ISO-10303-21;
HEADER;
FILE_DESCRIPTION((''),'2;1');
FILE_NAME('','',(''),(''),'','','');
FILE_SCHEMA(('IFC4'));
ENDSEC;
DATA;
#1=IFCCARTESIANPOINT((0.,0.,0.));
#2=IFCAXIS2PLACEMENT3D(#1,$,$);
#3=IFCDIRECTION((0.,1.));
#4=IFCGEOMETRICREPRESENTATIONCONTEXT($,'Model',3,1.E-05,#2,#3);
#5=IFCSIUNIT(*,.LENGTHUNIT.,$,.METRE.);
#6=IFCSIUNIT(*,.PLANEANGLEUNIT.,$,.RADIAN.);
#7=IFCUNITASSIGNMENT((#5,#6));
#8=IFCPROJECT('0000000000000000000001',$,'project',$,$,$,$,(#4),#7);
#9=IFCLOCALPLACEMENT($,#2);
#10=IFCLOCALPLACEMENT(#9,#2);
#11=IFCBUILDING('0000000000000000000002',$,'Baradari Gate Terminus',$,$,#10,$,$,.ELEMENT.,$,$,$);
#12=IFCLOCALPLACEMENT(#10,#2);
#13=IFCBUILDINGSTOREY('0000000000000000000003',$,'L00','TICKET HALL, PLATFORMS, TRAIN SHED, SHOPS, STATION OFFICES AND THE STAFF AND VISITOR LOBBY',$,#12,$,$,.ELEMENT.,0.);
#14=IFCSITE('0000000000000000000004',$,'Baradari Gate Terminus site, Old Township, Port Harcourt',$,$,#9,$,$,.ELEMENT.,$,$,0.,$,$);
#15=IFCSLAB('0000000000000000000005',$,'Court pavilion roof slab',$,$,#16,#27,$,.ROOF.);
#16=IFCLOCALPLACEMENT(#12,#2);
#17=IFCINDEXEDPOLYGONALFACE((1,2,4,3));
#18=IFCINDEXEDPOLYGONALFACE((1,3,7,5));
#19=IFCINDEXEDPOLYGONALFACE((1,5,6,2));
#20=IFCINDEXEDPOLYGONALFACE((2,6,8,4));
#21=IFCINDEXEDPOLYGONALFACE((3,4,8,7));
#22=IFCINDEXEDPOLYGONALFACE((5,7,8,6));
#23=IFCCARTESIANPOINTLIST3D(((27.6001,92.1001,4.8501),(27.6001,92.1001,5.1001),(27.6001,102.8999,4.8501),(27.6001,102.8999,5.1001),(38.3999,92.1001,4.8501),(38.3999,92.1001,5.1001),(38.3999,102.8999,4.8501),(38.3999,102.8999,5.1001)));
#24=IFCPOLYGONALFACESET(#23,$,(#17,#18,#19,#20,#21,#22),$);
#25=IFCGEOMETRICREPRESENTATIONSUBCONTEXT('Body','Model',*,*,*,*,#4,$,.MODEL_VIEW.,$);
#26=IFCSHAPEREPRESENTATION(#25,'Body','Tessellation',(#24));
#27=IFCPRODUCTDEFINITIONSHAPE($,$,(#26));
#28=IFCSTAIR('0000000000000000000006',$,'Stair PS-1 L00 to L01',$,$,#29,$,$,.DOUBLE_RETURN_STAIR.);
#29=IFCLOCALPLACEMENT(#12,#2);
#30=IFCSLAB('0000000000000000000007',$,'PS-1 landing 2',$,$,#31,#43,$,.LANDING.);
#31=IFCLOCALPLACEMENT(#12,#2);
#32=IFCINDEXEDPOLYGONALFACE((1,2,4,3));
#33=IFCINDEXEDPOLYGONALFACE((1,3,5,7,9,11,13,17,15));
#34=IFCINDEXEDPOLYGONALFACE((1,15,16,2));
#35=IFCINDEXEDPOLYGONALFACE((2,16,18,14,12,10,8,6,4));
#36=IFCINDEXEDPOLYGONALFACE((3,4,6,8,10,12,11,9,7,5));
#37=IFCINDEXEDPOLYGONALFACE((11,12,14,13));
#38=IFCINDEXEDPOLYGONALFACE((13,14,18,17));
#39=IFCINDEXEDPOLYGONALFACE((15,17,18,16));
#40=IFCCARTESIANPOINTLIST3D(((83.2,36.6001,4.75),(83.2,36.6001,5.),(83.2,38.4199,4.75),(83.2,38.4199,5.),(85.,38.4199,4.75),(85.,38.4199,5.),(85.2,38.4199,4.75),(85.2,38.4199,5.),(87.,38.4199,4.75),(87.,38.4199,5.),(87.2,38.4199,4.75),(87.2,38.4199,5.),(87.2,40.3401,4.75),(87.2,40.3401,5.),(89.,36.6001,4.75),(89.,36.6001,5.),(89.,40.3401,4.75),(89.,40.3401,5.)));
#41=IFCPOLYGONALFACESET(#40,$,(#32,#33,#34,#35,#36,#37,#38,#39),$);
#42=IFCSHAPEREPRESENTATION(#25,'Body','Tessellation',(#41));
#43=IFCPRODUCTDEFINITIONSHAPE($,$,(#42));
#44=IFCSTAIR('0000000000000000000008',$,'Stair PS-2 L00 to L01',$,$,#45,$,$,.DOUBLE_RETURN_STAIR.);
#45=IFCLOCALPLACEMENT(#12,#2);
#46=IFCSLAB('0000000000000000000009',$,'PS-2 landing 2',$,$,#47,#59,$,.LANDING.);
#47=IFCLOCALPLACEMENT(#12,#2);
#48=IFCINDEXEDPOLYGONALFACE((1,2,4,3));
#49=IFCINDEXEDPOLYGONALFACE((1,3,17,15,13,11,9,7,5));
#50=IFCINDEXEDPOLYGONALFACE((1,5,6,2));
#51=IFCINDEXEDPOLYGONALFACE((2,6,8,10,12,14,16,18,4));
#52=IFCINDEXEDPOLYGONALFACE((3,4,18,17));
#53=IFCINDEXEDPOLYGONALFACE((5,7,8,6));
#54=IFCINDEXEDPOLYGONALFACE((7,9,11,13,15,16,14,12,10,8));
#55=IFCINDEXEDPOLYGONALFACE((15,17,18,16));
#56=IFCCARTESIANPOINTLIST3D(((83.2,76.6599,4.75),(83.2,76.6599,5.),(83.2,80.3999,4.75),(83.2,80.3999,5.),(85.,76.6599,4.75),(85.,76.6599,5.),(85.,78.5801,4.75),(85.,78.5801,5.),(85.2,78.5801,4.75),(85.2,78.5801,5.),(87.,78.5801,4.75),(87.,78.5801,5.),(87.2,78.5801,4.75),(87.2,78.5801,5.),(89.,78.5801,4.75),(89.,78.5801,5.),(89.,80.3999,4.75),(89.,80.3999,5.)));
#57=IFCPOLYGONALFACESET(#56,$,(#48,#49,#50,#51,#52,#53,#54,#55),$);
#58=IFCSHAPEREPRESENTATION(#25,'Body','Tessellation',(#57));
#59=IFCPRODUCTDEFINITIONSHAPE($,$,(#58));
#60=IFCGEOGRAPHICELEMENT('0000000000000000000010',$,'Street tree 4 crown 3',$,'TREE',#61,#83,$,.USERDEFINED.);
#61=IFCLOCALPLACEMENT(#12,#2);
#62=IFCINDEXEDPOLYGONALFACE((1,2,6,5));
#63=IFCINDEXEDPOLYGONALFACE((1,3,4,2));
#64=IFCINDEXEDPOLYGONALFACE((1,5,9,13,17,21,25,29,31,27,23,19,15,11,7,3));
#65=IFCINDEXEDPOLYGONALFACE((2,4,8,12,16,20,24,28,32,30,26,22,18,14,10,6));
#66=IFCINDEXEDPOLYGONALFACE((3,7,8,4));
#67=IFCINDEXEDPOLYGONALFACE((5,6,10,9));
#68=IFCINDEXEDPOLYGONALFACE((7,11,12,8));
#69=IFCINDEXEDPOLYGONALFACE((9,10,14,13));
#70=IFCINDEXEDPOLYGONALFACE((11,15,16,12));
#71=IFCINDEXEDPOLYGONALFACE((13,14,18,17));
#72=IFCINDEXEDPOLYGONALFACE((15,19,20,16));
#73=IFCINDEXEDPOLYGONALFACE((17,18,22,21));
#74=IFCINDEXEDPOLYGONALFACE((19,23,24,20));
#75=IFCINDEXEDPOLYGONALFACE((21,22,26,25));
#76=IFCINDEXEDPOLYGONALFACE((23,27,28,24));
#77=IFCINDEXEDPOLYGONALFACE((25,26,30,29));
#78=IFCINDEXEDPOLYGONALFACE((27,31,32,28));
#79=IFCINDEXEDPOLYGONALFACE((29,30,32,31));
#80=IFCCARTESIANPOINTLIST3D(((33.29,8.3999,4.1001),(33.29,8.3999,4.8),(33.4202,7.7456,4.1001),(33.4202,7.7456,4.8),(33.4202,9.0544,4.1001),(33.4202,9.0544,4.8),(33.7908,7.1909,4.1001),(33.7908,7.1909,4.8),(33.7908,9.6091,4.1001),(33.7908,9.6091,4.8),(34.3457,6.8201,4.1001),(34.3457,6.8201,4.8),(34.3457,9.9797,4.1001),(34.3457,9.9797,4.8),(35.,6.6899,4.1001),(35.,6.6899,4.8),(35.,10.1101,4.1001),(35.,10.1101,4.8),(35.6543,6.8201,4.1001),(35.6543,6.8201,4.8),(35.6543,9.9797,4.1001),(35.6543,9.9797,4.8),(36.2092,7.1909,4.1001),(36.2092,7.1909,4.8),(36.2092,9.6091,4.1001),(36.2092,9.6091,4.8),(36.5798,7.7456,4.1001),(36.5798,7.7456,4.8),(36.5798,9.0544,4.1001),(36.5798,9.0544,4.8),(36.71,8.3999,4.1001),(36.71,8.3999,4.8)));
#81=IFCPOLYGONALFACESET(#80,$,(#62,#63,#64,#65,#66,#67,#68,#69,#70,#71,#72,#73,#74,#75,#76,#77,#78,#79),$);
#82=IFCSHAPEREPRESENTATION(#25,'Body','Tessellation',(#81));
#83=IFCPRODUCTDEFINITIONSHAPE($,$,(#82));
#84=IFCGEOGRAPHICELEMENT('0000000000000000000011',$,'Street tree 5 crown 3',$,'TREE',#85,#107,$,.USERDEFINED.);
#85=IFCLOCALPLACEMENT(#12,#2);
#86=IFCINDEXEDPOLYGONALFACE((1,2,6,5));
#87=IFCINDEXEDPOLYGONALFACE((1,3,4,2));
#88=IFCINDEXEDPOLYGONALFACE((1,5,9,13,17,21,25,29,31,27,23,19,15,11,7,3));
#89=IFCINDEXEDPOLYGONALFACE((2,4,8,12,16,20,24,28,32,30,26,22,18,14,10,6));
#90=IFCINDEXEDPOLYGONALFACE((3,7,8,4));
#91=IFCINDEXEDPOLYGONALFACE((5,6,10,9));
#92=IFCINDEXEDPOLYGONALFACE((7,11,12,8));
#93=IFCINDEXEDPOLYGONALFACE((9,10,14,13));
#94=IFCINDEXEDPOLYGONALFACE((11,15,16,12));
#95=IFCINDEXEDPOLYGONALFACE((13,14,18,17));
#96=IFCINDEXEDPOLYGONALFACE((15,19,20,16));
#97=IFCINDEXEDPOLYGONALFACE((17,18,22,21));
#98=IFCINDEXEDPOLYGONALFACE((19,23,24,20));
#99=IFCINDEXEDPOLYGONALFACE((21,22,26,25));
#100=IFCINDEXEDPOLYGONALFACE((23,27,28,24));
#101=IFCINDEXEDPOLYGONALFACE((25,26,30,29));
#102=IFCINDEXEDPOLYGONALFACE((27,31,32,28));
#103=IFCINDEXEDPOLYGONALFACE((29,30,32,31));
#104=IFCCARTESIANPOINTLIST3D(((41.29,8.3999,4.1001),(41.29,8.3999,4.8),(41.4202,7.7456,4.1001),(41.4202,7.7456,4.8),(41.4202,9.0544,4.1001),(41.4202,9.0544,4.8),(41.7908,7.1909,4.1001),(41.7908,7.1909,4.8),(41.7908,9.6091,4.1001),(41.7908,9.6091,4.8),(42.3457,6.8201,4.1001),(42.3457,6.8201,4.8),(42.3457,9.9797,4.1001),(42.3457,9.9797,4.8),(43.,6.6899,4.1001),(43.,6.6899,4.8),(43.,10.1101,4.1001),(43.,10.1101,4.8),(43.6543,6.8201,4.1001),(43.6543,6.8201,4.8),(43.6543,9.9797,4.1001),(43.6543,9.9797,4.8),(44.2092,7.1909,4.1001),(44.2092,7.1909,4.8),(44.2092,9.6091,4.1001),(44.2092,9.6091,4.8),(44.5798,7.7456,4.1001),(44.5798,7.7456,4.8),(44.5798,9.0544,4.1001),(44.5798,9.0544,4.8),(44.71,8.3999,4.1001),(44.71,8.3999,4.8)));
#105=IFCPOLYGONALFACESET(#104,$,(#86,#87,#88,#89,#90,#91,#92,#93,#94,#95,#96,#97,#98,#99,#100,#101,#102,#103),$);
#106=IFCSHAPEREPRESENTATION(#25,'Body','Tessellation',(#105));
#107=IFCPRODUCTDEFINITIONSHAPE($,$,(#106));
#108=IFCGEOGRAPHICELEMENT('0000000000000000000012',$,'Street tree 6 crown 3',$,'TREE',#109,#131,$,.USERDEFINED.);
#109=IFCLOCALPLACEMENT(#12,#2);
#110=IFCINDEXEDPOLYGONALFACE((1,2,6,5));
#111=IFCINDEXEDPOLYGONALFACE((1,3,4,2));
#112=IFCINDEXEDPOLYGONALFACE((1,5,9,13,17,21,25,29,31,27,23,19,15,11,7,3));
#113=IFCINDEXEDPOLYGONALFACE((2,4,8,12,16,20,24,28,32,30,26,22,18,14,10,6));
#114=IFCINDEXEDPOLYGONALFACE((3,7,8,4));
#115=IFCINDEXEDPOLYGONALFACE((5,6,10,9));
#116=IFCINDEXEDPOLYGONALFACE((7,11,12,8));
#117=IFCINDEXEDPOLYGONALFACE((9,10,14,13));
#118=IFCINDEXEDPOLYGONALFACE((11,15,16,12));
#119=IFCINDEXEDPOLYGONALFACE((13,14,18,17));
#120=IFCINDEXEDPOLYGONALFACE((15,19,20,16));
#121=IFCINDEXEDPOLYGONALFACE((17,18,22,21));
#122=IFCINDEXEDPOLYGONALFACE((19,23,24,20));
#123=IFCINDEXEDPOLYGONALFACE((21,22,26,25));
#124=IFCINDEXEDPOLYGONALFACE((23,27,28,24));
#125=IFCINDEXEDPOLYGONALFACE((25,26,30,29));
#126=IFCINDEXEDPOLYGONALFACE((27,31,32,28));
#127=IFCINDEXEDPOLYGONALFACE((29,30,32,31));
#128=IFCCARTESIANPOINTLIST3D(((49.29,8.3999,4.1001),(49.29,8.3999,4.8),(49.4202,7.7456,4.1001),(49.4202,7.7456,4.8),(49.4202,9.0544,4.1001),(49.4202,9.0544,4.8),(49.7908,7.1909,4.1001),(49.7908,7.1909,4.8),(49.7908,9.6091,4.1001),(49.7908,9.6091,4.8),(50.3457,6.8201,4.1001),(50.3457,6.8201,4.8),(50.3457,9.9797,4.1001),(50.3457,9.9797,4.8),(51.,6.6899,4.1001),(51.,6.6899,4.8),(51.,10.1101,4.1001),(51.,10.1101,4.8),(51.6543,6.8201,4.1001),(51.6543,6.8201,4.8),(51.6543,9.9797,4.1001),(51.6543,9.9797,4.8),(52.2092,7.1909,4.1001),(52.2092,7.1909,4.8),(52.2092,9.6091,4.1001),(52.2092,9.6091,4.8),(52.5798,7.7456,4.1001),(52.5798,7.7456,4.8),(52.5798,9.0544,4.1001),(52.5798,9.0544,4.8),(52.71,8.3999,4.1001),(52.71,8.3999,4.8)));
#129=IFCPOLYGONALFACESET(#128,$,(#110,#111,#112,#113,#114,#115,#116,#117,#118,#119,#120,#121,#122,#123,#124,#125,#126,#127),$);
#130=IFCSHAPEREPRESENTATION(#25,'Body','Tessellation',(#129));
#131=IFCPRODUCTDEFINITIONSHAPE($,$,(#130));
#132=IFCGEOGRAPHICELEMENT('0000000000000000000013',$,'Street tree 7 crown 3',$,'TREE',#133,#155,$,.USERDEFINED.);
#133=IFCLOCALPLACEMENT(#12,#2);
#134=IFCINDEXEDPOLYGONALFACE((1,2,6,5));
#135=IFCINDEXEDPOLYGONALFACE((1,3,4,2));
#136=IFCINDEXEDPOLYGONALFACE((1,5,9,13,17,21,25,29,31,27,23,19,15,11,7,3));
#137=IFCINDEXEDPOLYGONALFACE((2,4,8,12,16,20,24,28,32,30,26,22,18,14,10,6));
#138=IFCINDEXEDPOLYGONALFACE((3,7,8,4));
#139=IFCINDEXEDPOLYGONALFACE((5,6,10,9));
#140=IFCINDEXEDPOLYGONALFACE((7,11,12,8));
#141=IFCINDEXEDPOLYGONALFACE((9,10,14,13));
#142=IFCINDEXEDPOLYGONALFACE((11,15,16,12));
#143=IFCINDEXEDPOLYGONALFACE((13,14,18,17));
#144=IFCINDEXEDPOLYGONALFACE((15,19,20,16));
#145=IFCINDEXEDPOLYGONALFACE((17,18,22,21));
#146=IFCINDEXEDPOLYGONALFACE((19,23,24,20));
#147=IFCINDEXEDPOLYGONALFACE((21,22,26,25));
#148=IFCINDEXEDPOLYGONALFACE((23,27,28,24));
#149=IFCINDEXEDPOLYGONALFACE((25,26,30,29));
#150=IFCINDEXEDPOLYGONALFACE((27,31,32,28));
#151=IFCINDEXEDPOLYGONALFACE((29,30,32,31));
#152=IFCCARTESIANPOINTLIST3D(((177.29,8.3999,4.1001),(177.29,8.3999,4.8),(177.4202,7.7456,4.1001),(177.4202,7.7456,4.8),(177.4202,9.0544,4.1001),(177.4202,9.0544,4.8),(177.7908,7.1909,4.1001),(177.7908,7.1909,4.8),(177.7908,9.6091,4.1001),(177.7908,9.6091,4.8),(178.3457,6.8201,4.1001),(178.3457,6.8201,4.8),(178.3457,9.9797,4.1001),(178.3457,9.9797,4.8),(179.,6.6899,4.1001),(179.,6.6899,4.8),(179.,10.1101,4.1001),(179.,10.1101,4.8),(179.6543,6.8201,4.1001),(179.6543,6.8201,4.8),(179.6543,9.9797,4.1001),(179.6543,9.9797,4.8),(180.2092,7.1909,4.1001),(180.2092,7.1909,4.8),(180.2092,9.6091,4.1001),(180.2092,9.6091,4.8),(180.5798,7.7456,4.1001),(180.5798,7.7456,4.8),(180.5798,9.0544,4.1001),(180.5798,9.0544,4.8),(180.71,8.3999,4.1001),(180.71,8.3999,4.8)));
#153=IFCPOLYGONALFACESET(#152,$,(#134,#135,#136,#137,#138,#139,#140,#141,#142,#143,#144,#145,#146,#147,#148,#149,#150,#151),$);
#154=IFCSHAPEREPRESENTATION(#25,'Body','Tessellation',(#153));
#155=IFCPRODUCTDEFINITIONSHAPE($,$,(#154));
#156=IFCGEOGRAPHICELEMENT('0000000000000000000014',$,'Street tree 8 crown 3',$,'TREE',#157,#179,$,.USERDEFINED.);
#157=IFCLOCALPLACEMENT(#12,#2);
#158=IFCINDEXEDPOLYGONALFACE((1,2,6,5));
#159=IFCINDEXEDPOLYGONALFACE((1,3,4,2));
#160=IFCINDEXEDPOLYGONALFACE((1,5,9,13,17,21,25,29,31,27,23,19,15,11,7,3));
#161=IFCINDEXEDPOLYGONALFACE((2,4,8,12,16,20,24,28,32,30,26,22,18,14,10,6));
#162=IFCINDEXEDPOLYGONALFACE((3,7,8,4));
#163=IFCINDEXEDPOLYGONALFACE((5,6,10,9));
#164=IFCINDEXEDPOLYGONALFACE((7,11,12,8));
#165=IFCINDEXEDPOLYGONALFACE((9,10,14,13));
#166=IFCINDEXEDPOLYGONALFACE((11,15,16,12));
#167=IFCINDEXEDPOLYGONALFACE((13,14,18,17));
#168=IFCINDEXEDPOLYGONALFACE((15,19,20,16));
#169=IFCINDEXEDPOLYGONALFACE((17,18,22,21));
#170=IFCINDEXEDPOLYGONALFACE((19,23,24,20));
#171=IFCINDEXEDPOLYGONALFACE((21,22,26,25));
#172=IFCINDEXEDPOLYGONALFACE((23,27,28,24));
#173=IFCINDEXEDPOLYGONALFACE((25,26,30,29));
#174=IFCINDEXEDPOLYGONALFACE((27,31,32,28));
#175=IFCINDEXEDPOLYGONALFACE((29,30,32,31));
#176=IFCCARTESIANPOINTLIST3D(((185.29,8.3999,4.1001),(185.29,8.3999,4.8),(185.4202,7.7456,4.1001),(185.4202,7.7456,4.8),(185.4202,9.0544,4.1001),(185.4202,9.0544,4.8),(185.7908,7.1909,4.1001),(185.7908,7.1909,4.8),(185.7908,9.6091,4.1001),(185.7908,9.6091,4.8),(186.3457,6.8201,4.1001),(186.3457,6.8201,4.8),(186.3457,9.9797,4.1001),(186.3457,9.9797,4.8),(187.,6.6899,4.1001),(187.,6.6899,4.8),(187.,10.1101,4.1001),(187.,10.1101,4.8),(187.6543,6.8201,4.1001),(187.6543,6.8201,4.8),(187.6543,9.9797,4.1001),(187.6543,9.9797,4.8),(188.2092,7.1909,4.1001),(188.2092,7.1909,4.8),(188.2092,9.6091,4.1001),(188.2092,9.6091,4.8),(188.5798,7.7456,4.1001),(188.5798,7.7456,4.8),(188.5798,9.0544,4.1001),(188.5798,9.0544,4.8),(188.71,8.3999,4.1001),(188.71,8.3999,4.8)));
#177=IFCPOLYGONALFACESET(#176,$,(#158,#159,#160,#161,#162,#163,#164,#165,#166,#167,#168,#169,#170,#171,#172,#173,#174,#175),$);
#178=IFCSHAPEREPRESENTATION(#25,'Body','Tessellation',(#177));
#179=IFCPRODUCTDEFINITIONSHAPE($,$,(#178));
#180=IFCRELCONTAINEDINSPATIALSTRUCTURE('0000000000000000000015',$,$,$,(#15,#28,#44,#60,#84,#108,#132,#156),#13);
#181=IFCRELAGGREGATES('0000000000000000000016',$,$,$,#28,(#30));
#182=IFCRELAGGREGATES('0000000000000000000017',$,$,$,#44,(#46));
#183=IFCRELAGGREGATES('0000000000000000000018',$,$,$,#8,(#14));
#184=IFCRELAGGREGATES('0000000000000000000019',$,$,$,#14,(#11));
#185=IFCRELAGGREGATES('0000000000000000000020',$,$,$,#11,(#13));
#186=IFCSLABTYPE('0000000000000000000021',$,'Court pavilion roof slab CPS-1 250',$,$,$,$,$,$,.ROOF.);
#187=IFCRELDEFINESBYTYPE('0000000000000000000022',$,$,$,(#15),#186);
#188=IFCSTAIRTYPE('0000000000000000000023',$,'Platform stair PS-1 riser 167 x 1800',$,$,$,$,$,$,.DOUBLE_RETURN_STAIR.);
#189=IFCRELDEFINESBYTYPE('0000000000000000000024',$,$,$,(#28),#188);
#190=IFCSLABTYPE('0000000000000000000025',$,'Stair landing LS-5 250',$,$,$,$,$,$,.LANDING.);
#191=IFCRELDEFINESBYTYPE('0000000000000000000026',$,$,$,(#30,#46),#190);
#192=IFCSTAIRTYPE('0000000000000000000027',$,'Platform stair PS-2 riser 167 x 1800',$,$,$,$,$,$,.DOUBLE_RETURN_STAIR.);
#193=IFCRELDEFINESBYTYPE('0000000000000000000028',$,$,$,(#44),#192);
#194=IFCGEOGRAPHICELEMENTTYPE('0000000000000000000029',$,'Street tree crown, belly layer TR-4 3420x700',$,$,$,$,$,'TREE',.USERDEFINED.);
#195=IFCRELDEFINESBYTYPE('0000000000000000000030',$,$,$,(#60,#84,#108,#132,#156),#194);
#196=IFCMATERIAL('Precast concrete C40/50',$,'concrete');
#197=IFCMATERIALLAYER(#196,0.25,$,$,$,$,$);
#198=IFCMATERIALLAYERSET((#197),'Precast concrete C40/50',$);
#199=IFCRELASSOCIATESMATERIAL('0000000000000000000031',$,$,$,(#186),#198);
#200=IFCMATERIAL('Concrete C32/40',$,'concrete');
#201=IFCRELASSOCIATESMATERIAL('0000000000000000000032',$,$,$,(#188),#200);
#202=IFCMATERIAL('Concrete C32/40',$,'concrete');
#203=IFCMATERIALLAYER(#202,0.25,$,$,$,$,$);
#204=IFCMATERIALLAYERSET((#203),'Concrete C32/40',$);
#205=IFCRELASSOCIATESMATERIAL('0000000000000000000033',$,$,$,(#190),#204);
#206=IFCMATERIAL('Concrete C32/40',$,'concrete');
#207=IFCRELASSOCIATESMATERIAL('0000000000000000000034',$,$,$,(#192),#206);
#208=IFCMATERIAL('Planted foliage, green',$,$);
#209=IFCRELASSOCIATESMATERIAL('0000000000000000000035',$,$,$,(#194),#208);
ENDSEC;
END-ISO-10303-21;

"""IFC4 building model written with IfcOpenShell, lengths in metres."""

from ifc_helpers import new_model, si_unit, direction, frame, origin, place, context, subcontext, project, spatial, polyline, outline, extrude, material, layer, layer_set, type_object, element, aggregate, save


model = new_model("IFC4")

# Units and contexts
model_context = context("Model", 3, precision=1e-05, world=origin(), true_north=direction((0.0, 1.0)))
body_context = subcontext(model_context, "Body", "Model", "MODEL_VIEW")
ifc_project = project(units=[si_unit("LENGTHUNIT", "METRE"), si_unit("PLANEANGLEUNIT", "RADIAN")], contexts=[model_context])

# Site, building, storey
site_placement = place(None, origin())
site = spatial("IfcSite", under=ifc_project, at=site_placement, Name="Baradari Gate Terminus site, Old Township, Port Harcourt", CompositionType="ELEMENT", RefElevation=0.0)
building_placement = place(site_placement, origin())
building = spatial("IfcBuilding", under=site, at=building_placement, Name="Baradari Gate Terminus", CompositionType="ELEMENT")
storey_placement = place(building_placement, origin())
storey = spatial("IfcBuildingStorey", under=building, at=storey_placement, Name="L00", Description="TICKET HALL, PLATFORMS, TRAIN SHED, SHOPS, STATION OFFICES AND THE STAFF AND VISITOR LOBBY", CompositionType="ELEMENT", Elevation=0.0)

# Slab
ifc_material_1 = material(Name="Precast concrete C40/50", Category="concrete")
ifc_layer_1 = layer(ifc_material_1, 0.25)
ifc_layer_set_1 = layer_set([ifc_layer_1], Name="Precast concrete C40/50")
slab_type_1 = type_object("IfcSlabType", Name="Court pavilion roof slab CPS-1 250", PredefinedType="ROOF", material=ifc_layer_set_1)
slab_1_placement = place(storey_placement, frame((0.0, 0.0, 4.8501)))
element("IfcSlab", 1, at=slab_1_placement, inside=storey, type_object=slab_type_1, Name="Court pavilion roof slab", PredefinedType="ROOF", context=body_context, shape_type="SweptSolid", body=[
    extrude(outline(polyline([(27.6001, 92.1001), (38.3999, 92.1001), (38.3999, 102.8999), (27.6001, 102.8999), (27.6001, 92.1001)])), origin(), (0.0, 0.0, 1.0), 0.25),
])

# Stairs, slabs
ifc_material_2 = material(Name="Concrete C32/40", Category="concrete")
stair_type_1 = type_object("IfcStairType", Name="Platform stair PS-1 riser 167 x 1800", PredefinedType="DOUBLE_RETURN_STAIR", material=ifc_material_2)
stair_1_placement = place(storey_placement, origin())
stair_1 = element("IfcStair", 2, at=stair_1_placement, inside=storey, type_object=stair_type_1, Name="Stair PS-1 L00 to L01", PredefinedType="DOUBLE_RETURN_STAIR")
ifc_material_3 = material(Name="Concrete C32/40", Category="concrete")
ifc_layer_2 = layer(ifc_material_3, 0.25)
ifc_layer_set_2 = layer_set([ifc_layer_2], Name="Concrete C32/40")
slab_type_2 = type_object("IfcSlabType", Name="Stair landing LS-5 250", PredefinedType="LANDING", material=ifc_layer_set_2)
slab_2_placement = place(storey_placement, frame((0.0, 0.0, 4.75)))
slab_2 = element("IfcSlab", 3, at=slab_2_placement, type_object=slab_type_2, Name="PS-1 landing 2", PredefinedType="LANDING", context=body_context, shape_type="SweptSolid", body=[
    extrude(outline(polyline([(83.2, 36.6001), (83.2, 38.4199), (85.0, 38.4199), (85.2, 38.4199), (87.0, 38.4199), (87.2, 38.4199), (87.2, 40.3401), (89.0, 40.3401), (89.0, 36.6001), (83.2, 36.6001)])), origin(), (0.0, 0.0, 1.0), 0.25),
])
aggregate(stair_1, [slab_2])
ifc_material_4 = material(Name="Concrete C32/40", Category="concrete")
stair_type_2 = type_object("IfcStairType", Name="Platform stair PS-2 riser 167 x 1800", PredefinedType="DOUBLE_RETURN_STAIR", material=ifc_material_4)
stair_2_placement = place(storey_placement, origin())
stair_2 = element("IfcStair", 4, at=stair_2_placement, inside=storey, type_object=stair_type_2, Name="Stair PS-2 L00 to L01", PredefinedType="DOUBLE_RETURN_STAIR")
slab_3_placement = place(storey_placement, frame((0.0, 0.0, 4.75)))
slab_3 = element("IfcSlab", 5, at=slab_3_placement, type_object=slab_type_2, Name="PS-2 landing 2", PredefinedType="LANDING", context=body_context, shape_type="SweptSolid", body=[
    extrude(outline(polyline([(89.0, 80.3999), (89.0, 78.5801), (87.2, 78.5801), (87.0, 78.5801), (85.2, 78.5801), (85.0, 78.5801), (85.0, 76.6599), (83.2, 76.6599), (83.2, 80.3999), (89.0, 80.3999)])), origin(), (0.0, 0.0, 1.0), 0.25),
])
aggregate(stair_2, [slab_3])

# Geographic elements
ifc_material_5 = material(Name="Planted foliage, green")
geographic_element_type_1 = type_object("IfcGeographicElementType", Name="Street tree crown, belly layer TR-4 3420x700", ElementType="TREE", PredefinedType="USERDEFINED", material=ifc_material_5)
geographic_element_1_placement = place(storey_placement, frame((0.0, 0.0, 4.1001)))
element("IfcGeographicElement", 6, at=geographic_element_1_placement, inside=storey, type_object=geographic_element_type_1, Name="Street tree 4 crown 3", ObjectType="TREE", PredefinedType="USERDEFINED", context=body_context, shape_type="SweptSolid", body=[
    extrude(outline(polyline([(36.71, 8.3999), (36.5798, 9.0544), (36.2092, 9.6091), (35.6543, 9.9797), (35.0, 10.1101), (34.3457, 9.9797), (33.7908, 9.6091), (33.4202, 9.0544), (33.29, 8.3999), (33.4202, 7.7456), (33.7908, 7.1909), (34.3457, 6.8201), (35.0, 6.6899), (35.6543, 6.8201), (36.2092, 7.1909), (36.5798, 7.7456), (36.71, 8.3999)])), origin(), (0.0, 0.0, 1.0), 0.7),
])
geographic_element_2_placement = place(storey_placement, frame((0.0, 0.0, 4.1001)))
element("IfcGeographicElement", 7, at=geographic_element_2_placement, inside=storey, type_object=geographic_element_type_1, Name="Street tree 5 crown 3", ObjectType="TREE", PredefinedType="USERDEFINED", context=body_context, shape_type="SweptSolid", body=[
    extrude(outline(polyline([(44.71, 8.3999), (44.5798, 9.0544), (44.2092, 9.6091), (43.6543, 9.9797), (43.0, 10.1101), (42.3457, 9.9797), (41.7908, 9.6091), (41.4202, 9.0544), (41.29, 8.3999), (41.4202, 7.7456), (41.7908, 7.1909), (42.3457, 6.8201), (43.0, 6.6899), (43.6543, 6.8201), (44.2092, 7.1909), (44.5798, 7.7456), (44.71, 8.3999)])), origin(), (0.0, 0.0, 1.0), 0.7),
])
geographic_element_3_placement = place(storey_placement, frame((0.0, 0.0, 4.1001)))
element("IfcGeographicElement", 8, at=geographic_element_3_placement, inside=storey, type_object=geographic_element_type_1, Name="Street tree 6 crown 3", ObjectType="TREE", PredefinedType="USERDEFINED", context=body_context, shape_type="SweptSolid", body=[
    extrude(outline(polyline([(52.71, 8.3999), (52.5798, 9.0544), (52.2092, 9.6091), (51.6543, 9.9797), (51.0, 10.1101), (50.3457, 9.9797), (49.7908, 9.6091), (49.4202, 9.0544), (49.29, 8.3999), (49.4202, 7.7456), (49.7908, 7.1909), (50.3457, 6.8201), (51.0, 6.6899), (51.6543, 6.8201), (52.2092, 7.1909), (52.5798, 7.7456), (52.71, 8.3999)])), origin(), (0.0, 0.0, 1.0), 0.7),
])
geographic_element_4_placement = place(storey_placement, frame((0.0, 0.0, 4.1001)))
element("IfcGeographicElement", 9, at=geographic_element_4_placement, inside=storey, type_object=geographic_element_type_1, Name="Street tree 7 crown 3", ObjectType="TREE", PredefinedType="USERDEFINED", context=body_context, shape_type="SweptSolid", body=[
    extrude(outline(polyline([(180.71, 8.3999), (180.5798, 9.0544), (180.2092, 9.6091), (179.6543, 9.9797), (179.0, 10.1101), (178.3457, 9.9797), (177.7908, 9.6091), (177.4202, 9.0544), (177.29, 8.3999), (177.4202, 7.7456), (177.7908, 7.1909), (178.3457, 6.8201), (179.0, 6.6899), (179.6543, 6.8201), (180.2092, 7.1909), (180.5798, 7.7456), (180.71, 8.3999)])), origin(), (0.0, 0.0, 1.0), 0.7),
])
geographic_element_5_placement = place(storey_placement, frame((0.0, 0.0, 4.1001)))
element("IfcGeographicElement", 10, at=geographic_element_5_placement, inside=storey, type_object=geographic_element_type_1, Name="Street tree 8 crown 3", ObjectType="TREE", PredefinedType="USERDEFINED", context=body_context, shape_type="SweptSolid", body=[
    extrude(outline(polyline([(188.71, 8.3999), (188.5798, 9.0544), (188.2092, 9.6091), (187.6543, 9.9797), (187.0, 10.1101), (186.3457, 9.9797), (185.7908, 9.6091), (185.4202, 9.0544), (185.29, 8.3999), (185.4202, 7.7456), (185.7908, 7.1909), (186.3457, 6.8201), (187.0, 6.6899), (187.6543, 6.8201), (188.2092, 7.1909), (188.5798, 7.7456), (188.71, 8.3999)])), origin(), (0.0, 0.0, 1.0), 0.7),
])

save(model, "model.ifc")
